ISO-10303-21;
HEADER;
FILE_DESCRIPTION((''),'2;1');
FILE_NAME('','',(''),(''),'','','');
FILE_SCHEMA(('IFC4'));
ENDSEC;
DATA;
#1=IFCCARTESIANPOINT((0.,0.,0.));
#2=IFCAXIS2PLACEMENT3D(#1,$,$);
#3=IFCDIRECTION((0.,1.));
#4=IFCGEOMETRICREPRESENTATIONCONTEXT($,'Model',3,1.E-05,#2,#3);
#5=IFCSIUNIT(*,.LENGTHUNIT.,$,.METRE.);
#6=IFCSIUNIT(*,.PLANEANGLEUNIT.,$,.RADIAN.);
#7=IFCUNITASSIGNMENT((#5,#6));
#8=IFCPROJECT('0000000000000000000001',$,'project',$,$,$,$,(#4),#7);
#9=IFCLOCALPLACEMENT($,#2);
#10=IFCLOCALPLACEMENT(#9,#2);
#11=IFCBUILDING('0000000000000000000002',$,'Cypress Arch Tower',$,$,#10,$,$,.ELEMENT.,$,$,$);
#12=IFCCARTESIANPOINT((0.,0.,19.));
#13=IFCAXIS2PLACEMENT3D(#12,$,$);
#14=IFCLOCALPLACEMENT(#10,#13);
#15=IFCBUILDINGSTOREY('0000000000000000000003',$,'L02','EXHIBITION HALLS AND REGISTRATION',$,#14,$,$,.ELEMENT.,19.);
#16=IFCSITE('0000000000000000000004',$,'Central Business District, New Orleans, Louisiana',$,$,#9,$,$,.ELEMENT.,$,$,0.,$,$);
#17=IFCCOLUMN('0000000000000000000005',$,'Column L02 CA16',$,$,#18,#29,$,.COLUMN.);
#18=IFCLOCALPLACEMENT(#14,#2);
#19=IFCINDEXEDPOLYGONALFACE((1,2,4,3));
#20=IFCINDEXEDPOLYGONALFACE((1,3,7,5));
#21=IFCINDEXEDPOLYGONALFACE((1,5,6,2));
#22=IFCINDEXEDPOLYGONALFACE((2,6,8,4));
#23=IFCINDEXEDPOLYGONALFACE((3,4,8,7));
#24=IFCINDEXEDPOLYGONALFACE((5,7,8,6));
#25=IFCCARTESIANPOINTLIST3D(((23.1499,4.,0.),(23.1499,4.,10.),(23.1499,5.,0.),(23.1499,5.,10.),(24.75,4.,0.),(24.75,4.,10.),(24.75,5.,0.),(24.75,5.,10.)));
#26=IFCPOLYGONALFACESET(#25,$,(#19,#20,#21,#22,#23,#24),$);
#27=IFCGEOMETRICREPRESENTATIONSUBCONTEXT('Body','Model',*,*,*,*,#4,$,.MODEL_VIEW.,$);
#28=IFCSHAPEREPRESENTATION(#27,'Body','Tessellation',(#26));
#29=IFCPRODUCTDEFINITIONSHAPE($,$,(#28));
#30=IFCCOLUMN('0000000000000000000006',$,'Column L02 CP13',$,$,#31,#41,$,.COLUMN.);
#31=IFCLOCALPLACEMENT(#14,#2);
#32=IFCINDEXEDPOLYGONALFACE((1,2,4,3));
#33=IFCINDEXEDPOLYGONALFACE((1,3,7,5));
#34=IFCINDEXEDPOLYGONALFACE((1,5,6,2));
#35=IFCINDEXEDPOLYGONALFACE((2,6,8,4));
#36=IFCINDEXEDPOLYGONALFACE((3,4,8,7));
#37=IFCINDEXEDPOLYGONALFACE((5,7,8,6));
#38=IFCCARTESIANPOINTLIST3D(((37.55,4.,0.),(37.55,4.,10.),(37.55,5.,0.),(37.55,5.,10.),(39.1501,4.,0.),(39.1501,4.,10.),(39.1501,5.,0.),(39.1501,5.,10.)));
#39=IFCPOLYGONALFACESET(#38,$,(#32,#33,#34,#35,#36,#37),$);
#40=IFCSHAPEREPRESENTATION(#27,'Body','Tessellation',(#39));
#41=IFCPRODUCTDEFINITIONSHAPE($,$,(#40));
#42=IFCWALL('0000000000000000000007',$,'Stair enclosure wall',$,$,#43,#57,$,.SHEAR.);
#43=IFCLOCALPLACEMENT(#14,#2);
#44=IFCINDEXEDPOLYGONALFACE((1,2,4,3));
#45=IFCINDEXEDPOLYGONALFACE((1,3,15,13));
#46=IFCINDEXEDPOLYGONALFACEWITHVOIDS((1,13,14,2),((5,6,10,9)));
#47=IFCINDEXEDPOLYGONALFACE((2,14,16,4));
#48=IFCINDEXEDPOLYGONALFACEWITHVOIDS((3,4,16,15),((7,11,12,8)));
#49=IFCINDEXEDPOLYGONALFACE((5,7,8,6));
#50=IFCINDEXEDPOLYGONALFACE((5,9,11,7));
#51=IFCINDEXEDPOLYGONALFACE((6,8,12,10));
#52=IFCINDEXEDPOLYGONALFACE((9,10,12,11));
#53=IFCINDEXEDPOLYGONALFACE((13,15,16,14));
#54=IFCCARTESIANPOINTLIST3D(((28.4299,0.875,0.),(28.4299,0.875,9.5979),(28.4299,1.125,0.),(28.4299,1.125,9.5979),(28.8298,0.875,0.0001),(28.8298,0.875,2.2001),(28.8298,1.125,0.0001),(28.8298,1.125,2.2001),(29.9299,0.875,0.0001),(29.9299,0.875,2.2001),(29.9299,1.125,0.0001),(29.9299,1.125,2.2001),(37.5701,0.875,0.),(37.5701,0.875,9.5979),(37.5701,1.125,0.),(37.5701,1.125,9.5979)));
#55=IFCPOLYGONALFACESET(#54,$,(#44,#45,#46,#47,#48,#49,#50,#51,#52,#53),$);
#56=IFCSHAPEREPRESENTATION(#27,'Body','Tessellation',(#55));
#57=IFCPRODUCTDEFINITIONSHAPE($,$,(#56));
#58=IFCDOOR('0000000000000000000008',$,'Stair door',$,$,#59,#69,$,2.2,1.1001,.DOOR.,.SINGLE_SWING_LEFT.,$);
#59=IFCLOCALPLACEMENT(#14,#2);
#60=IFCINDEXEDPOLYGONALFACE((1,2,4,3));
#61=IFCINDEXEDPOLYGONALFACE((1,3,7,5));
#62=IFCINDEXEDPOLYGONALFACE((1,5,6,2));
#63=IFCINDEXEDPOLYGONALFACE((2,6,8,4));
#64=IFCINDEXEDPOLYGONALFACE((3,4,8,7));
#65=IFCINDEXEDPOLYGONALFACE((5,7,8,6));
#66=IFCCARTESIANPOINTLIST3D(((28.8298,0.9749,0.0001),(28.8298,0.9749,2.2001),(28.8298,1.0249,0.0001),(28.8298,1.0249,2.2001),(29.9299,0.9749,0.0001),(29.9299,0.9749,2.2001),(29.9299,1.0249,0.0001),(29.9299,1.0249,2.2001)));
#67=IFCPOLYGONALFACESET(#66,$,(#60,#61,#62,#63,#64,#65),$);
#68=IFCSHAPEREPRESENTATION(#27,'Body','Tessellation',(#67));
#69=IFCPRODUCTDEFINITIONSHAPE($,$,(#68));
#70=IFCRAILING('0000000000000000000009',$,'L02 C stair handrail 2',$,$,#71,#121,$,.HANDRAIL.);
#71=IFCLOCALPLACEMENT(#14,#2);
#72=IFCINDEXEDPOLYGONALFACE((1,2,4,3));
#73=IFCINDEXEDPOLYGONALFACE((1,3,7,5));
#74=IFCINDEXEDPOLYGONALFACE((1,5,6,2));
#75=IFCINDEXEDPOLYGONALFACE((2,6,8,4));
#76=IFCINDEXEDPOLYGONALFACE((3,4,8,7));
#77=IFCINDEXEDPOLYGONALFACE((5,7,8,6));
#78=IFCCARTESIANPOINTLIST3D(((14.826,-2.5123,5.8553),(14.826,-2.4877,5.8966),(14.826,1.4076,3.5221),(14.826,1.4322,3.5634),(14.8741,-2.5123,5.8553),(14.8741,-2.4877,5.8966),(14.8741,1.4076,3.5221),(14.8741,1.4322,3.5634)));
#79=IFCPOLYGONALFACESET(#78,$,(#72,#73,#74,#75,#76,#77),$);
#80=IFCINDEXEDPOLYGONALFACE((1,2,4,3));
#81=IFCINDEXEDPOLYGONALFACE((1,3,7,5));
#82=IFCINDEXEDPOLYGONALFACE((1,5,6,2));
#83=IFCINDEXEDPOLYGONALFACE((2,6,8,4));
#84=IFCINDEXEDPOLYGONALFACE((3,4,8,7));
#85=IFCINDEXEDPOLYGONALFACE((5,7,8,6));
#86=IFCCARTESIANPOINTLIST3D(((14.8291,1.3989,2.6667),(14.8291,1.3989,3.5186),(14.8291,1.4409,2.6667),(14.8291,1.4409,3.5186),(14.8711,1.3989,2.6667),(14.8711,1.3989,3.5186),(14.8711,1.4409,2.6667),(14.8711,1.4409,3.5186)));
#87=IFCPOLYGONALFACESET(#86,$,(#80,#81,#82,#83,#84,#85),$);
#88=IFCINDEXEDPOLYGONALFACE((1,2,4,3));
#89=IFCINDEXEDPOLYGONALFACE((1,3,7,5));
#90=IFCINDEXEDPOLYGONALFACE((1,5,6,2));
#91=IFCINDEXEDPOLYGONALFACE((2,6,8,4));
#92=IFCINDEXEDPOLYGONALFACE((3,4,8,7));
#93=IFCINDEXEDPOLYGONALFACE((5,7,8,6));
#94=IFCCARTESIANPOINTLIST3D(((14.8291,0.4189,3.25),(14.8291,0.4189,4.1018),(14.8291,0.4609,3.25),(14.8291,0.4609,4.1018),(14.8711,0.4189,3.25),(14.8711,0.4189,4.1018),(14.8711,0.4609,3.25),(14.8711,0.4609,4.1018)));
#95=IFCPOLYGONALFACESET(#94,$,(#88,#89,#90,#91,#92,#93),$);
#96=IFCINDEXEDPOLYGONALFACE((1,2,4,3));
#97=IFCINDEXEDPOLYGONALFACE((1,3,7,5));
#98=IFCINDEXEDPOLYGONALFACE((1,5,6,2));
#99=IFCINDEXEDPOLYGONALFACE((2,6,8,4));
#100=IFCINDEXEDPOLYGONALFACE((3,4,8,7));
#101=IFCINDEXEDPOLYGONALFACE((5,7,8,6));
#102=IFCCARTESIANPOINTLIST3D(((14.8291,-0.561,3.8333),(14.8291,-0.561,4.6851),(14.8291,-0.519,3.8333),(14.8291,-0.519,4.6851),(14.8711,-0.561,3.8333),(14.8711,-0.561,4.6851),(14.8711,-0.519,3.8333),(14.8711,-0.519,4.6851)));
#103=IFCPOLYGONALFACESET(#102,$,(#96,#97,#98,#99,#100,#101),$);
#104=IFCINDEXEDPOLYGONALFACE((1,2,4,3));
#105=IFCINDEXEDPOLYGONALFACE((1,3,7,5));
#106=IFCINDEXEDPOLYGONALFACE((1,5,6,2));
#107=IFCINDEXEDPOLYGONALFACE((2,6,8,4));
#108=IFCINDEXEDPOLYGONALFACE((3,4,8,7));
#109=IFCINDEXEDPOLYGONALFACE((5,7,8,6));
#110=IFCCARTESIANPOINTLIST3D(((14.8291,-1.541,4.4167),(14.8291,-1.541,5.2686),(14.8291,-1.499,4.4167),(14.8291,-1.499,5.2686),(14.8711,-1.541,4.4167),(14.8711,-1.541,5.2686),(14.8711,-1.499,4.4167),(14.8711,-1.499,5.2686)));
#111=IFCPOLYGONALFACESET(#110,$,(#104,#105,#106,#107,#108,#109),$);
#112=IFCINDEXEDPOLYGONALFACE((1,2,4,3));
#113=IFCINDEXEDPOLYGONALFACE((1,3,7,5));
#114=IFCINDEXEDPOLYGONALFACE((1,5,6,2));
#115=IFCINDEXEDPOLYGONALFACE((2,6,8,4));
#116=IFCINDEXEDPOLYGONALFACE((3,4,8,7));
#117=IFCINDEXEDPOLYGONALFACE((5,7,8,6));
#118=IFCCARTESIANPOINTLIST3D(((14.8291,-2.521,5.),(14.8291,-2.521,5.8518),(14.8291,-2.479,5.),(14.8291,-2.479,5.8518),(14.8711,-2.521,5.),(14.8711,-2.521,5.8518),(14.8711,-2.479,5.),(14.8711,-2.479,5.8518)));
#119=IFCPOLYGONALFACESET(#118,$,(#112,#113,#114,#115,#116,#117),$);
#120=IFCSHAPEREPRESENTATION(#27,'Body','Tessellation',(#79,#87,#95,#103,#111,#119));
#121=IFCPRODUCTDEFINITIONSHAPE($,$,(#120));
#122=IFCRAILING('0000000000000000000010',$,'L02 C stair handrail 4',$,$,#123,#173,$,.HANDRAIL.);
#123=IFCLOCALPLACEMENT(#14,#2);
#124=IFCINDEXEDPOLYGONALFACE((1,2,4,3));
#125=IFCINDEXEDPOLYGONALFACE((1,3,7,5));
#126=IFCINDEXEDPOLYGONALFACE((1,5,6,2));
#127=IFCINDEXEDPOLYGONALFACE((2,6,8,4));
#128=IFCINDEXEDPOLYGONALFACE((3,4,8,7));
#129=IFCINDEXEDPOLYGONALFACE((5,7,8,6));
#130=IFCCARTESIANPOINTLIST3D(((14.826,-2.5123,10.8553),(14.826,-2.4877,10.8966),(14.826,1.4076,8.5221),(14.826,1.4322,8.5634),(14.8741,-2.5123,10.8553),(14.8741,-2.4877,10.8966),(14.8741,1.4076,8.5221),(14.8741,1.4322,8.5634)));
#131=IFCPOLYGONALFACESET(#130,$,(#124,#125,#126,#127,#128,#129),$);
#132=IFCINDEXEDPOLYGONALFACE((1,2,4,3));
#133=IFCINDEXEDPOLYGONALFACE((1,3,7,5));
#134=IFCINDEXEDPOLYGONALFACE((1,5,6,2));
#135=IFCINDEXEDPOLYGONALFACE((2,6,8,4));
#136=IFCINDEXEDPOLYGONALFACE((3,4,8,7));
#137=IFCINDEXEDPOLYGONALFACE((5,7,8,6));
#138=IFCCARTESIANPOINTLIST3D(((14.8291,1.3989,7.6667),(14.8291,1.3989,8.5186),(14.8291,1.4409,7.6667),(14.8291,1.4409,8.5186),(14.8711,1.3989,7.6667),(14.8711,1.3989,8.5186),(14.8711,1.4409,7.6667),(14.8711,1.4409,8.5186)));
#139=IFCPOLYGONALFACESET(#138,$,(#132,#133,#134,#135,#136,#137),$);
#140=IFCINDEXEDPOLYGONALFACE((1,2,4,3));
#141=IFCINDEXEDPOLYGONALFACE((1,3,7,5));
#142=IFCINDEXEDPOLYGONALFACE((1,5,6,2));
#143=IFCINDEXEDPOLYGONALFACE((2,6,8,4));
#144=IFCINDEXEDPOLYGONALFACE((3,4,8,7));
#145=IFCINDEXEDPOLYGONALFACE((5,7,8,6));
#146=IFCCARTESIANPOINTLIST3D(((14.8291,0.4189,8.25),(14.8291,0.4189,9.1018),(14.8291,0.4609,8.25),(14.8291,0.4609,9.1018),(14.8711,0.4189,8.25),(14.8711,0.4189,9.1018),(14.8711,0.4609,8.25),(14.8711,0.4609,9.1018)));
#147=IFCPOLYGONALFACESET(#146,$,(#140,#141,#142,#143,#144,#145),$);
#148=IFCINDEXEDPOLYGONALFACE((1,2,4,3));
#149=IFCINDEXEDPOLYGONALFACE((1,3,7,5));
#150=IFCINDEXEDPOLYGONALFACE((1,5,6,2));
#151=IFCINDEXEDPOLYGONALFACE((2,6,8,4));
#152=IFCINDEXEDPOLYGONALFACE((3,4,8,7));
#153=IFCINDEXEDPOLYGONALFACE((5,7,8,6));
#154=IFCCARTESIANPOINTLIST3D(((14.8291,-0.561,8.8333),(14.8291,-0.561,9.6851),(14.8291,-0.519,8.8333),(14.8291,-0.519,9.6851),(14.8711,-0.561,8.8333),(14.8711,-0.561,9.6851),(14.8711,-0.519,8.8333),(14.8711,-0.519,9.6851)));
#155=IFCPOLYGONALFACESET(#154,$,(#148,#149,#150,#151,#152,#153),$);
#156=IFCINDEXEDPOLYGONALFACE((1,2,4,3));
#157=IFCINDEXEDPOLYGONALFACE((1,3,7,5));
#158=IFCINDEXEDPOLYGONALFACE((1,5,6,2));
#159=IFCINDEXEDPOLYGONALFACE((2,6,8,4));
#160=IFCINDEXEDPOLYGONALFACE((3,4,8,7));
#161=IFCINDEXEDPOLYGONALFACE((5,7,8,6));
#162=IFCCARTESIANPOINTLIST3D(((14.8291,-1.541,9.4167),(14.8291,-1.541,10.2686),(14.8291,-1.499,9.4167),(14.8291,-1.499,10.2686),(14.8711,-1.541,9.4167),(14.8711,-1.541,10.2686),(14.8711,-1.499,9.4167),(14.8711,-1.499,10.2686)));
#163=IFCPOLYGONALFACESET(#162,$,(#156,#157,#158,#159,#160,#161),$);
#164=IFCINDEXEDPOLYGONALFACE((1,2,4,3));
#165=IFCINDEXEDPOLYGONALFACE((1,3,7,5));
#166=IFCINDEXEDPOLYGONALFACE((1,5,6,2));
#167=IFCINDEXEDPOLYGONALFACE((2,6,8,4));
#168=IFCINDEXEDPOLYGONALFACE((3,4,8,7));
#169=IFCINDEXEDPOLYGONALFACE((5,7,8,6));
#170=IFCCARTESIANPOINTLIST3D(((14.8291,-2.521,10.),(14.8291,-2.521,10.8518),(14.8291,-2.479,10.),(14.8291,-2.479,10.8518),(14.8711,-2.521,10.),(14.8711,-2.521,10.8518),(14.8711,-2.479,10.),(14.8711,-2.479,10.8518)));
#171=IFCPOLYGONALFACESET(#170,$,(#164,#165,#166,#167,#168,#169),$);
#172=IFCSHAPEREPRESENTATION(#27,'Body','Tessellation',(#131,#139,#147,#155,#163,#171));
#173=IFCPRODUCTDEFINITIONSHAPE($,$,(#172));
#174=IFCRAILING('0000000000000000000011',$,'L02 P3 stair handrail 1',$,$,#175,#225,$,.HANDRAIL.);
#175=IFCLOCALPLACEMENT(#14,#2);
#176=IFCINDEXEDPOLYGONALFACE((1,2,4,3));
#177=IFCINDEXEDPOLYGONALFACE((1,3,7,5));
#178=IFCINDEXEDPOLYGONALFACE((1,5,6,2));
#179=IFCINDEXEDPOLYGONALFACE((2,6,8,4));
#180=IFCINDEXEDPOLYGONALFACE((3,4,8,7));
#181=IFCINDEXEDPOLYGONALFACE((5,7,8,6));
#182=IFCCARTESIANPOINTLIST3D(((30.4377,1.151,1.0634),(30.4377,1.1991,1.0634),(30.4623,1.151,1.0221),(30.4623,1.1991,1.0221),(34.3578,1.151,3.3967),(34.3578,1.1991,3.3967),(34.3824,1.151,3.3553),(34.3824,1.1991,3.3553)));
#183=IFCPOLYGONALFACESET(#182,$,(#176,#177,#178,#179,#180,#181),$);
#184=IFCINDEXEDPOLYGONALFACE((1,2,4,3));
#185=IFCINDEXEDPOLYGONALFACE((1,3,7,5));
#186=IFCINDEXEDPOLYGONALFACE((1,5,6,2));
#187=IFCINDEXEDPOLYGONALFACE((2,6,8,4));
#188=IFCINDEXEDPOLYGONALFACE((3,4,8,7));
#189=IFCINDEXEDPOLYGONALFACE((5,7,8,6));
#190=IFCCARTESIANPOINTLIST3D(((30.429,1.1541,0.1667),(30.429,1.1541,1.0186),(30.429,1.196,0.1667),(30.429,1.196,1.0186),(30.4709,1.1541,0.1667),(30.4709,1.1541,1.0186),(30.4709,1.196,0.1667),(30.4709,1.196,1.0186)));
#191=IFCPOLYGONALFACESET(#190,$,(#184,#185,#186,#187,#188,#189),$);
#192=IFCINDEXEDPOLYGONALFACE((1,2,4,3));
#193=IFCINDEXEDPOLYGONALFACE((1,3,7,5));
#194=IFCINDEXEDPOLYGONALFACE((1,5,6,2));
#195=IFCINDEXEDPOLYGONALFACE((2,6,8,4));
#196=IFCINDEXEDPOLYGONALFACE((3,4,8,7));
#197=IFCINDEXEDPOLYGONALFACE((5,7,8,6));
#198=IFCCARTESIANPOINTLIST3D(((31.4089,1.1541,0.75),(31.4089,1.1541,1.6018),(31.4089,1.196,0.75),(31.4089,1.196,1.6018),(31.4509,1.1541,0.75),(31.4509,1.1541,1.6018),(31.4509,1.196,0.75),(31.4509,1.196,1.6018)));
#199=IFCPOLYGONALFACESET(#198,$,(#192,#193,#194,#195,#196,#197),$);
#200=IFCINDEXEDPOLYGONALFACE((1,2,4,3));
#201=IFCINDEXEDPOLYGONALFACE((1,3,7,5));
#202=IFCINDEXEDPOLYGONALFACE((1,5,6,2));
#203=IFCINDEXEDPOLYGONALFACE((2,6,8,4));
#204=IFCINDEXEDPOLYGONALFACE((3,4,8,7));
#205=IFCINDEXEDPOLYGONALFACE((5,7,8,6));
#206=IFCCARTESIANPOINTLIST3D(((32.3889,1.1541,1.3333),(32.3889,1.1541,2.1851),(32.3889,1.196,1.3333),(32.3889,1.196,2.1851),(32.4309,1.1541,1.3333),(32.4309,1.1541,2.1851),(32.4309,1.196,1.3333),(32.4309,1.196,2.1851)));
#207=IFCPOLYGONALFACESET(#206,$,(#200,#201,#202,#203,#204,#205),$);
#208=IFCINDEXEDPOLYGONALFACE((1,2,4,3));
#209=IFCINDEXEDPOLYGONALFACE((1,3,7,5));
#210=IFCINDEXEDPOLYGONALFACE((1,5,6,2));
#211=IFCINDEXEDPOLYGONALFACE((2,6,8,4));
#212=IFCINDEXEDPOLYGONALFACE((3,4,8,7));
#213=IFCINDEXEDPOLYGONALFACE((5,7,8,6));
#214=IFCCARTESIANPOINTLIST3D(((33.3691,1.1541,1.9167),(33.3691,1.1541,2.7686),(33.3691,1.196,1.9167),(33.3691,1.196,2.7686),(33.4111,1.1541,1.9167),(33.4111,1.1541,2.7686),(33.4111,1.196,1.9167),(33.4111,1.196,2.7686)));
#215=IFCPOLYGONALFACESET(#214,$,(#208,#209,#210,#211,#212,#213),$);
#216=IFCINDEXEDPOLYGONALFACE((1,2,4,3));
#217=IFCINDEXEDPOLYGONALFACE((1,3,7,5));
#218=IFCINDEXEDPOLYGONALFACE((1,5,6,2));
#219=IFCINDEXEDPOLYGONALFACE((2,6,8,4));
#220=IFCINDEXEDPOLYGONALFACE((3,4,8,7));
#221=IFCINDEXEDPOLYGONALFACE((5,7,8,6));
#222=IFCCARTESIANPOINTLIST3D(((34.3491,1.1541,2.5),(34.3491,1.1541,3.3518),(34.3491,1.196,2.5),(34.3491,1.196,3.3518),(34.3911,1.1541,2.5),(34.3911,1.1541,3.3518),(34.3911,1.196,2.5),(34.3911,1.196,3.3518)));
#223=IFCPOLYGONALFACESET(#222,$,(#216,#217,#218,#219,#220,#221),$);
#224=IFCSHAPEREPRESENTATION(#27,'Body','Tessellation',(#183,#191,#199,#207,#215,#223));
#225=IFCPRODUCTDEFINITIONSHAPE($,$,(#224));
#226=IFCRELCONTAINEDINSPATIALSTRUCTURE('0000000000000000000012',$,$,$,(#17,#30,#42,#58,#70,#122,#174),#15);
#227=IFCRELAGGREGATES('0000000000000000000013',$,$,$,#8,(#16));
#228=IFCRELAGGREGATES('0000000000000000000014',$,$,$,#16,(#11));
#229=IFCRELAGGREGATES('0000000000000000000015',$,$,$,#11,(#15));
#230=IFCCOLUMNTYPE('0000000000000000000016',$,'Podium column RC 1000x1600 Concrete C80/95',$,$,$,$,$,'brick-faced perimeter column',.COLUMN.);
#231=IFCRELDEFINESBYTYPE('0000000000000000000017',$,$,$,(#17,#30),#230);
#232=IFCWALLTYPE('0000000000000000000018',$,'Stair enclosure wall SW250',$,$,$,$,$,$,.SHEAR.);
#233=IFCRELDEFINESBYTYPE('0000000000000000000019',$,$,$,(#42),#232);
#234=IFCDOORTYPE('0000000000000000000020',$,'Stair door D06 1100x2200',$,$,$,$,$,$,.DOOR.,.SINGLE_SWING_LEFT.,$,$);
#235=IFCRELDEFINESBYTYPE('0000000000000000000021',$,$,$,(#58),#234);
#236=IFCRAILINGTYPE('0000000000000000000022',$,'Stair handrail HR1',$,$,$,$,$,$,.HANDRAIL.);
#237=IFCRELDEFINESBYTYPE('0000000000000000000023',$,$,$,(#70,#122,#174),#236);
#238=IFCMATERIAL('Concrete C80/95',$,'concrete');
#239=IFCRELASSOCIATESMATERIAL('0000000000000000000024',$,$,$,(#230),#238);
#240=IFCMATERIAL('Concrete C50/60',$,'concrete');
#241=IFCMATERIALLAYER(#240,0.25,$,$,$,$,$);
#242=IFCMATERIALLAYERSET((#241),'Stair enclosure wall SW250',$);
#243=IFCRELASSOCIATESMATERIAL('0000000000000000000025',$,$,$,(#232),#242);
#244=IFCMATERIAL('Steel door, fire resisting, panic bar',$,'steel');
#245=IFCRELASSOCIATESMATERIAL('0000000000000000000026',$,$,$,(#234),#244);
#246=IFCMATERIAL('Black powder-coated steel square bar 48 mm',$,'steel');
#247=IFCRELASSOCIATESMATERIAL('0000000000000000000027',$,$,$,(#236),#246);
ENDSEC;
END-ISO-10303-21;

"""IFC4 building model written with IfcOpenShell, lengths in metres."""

from ifc_helpers import new_model, si_unit, direction, frame, frame_2d, origin, origin_2d, place, context, subcontext, project, spatial, rectangle, extrude, material, layer, layer_set, material_profile, profile_set, type_object, element, fill, save


model = new_model("IFC4")

# Units and contexts
model_context = context("Model", 3, precision=1e-05, world=origin(), true_north=direction((0.0, 1.0)))
body_context = subcontext(model_context, "Body", "Model", "MODEL_VIEW")
ifc_project = project(units=[si_unit("LENGTHUNIT", "METRE"), si_unit("PLANEANGLEUNIT", "RADIAN")], contexts=[model_context])

# Site, building, storey
site_placement = place(None, origin())
site = spatial("IfcSite", under=ifc_project, at=site_placement, Name="Central Business District, New Orleans, Louisiana", CompositionType="ELEMENT", RefElevation=0.0)
building_placement = place(site_placement, origin())
building = spatial("IfcBuilding", under=site, at=building_placement, Name="Cypress Arch Tower", CompositionType="ELEMENT")
storey_placement = place(building_placement, frame((0.0, 0.0, 19.0)))
storey = spatial("IfcBuildingStorey", under=building, at=storey_placement, Name="L02", Description="EXHIBITION HALLS AND REGISTRATION", CompositionType="ELEMENT", Elevation=19.0)

# Columns
ifc_material_1 = material(Name="Concrete C80/95", Category="concrete")
ifc_material_profile = material_profile(ifc_material_1, rectangle(XDim=1.0, YDim=1.6001, at=origin_2d()), Name="RC 1000x1600")
ifc_profile_set = profile_set([ifc_material_profile], Name="Concrete C80/95")
column_type = type_object("IfcColumnType", Name="Podium column RC 1000x1600 Concrete C80/95", ElementType="brick-faced perimeter column", PredefinedType="COLUMN", material=ifc_profile_set)
for number, where, z_axis, x_axis, name in (
    (1, (23.95, 4.5, 0.0), (0.0, 0.0, 1.0), (0.0, 1.0, 0.0), "Column L02 CA16"),
    (2, (38.3501, 4.5, 0.0), (0.0, 0.0, 1.0), (0.0, 1.0, 0.0), "Column L02 CP13"),
):
    element("IfcColumn", number, at=place(storey_placement, frame(where, z_axis=z_axis, x_axis=x_axis)), inside=storey, type_object=column_type, Name=name, PredefinedType="COLUMN", context=body_context, shape_type="SweptSolid", body=[
        extrude(rectangle(XDim=1.0, YDim=1.6001, at=origin_2d()), origin(), (0.0, 0.0, 1.0), 10.0),
    ])

# Wall, opening, door
ifc_material_2 = material(Name="Concrete C50/60", Category="concrete")
ifc_layer = layer(ifc_material_2, 0.25)
ifc_layer_set = layer_set([ifc_layer], Name="Stair enclosure wall SW250")
wall_type = type_object("IfcWallType", Name="Stair enclosure wall SW250", PredefinedType="SHEAR", material=ifc_layer_set)
wall_placement = place(storey_placement, frame((28.4299, 1.0, 0.0), z_axis=(0.0, 0.0, 1.0), x_axis=(1.0, 0.0, 0.0)))
wall = element("IfcWall", 3, at=wall_placement, inside=storey, type_object=wall_type, Name="Stair enclosure wall", PredefinedType="SHEAR", context=body_context, shape_type="SweptSolid", body=[
    extrude(rectangle(XDim=9.1401, YDim=0.25, at=frame_2d((4.5701, 0.0))), origin(), (0.0, 0.0, 1.0), 9.5979),
])
opening_placement = place(wall_placement, frame((0.3999, 0.0, 0.0)))
opening = element("IfcOpeningElement", 4, at=opening_placement, cuts=wall, PredefinedType="OPENING", context=body_context, shape_type="SweptSolid", body=[
    extrude(rectangle(XDim=1.1001, YDim=2.2, at=frame_2d((0.55, 1.1001))), frame((0.0, 0.135, 0.0), z_axis=(0.0, -1.0, 0.0), x_axis=(1.0, 0.0, 0.0)), (0.0, 0.0, 1.0), 0.27),
])
ifc_material_3 = material(Name="Steel door, fire resisting, panic bar", Category="steel")
door_type = type_object("IfcDoorType", Name="Stair door D06 1100x2200", OperationType="SINGLE_SWING_LEFT", PredefinedType="DOOR", material=ifc_material_3)
door_placement = place(opening_placement, origin())
door = element("IfcDoor", 5, at=door_placement, inside=storey, type_object=door_type, Name="Stair door", OperationType="SINGLE_SWING_LEFT", OverallHeight=2.2, OverallWidth=1.1001, PredefinedType="DOOR", context=body_context, shape_type="SweptSolid", body=[
    extrude(rectangle(XDim=1.1001, YDim=2.2, at=frame_2d((0.55, 1.1001))), frame((0.0, 0.0249, 0.0), z_axis=(0.0, -1.0, 0.0), x_axis=(1.0, 0.0, 0.0)), (0.0, 0.0, 1.0), 0.05),
])
fill(opening, door)

# Railings
ifc_material_4 = material(Name="Black powder-coated steel square bar 48 mm", Category="steel")
railing_type_1 = type_object("IfcRailingType", Name="Stair handrail HR1", PredefinedType="HANDRAIL", material=ifc_material_4)
for number, where, name in (
    (6, (14.8501, 1.4199, 2.6667), "L02 C stair handrail 2"),
    (7, (14.8501, 1.4199, 7.6667), "L02 C stair handrail 4"),
):
    element("IfcRailing", number, at=place(storey_placement, frame(where)), inside=storey, type_object=railing_type_1, Name=name, PredefinedType="HANDRAIL", context=body_context, shape_type="SweptSolid", body=[
        extrude(rectangle(XDim=0.0481, YDim=0.0481, at=origin_2d()), frame((0.0, 0.0, 0.876), z_axis=(0.0, -0.859296, 0.511478), x_axis=(1.0, 0.0, 0.0)), (0.0, 0.0, 1.0), 4.5618),
        extrude(rectangle(XDim=0.042, YDim=0.042, at=origin_2d()), origin(), (0.0, 0.0, 1.0), 0.8518),
        extrude(rectangle(XDim=0.042, YDim=0.042, at=origin_2d()), frame((0.0, -0.98, 0.5833)), (0.0, 0.0, 1.0), 0.8518),
        extrude(rectangle(XDim=0.042, YDim=0.042, at=origin_2d()), frame((0.0, -1.96, 1.1665)), (0.0, 0.0, 1.0), 0.8518),
        extrude(rectangle(XDim=0.042, YDim=0.042, at=origin_2d()), frame((0.0, -2.9399, 1.75)), (0.0, 0.0, 1.0), 0.8518),
        extrude(rectangle(XDim=0.042, YDim=0.042, at=origin_2d()), frame((0.0, -3.9199, 2.3333)), (0.0, 0.0, 1.0), 0.8518),
    ])
for number, where, name in (
    (8, (30.45, 1.175, 0.1667), "L02 P3 stair handrail 1"),
):
    element("IfcRailing", number, at=place(storey_placement, frame(where)), inside=storey, type_object=railing_type_1, Name=name, PredefinedType="HANDRAIL", context=body_context, shape_type="SweptSolid", body=[
        extrude(rectangle(XDim=0.0481, YDim=0.0481, at=origin_2d()), frame((0.0, 0.0, 0.876), z_axis=(0.85931, 0.0, 0.511455), x_axis=(0.0, 1.0, 0.0)), (0.0, 0.0, 1.0), 4.562),
        extrude(rectangle(XDim=0.042, YDim=0.042, at=origin_2d()), origin(), (0.0, 0.0, 1.0), 0.8518),
        extrude(rectangle(XDim=0.042, YDim=0.042, at=origin_2d()), frame((0.98, 0.0, 0.5833)), (0.0, 0.0, 1.0), 0.8518),
        extrude(rectangle(XDim=0.042, YDim=0.042, at=origin_2d()), frame((1.96, 0.0, 1.1665)), (0.0, 0.0, 1.0), 0.8518),
        extrude(rectangle(XDim=0.042, YDim=0.042, at=origin_2d()), frame((2.9402, 0.0, 1.75)), (0.0, 0.0, 1.0), 0.8518),
        extrude(rectangle(XDim=0.042, YDim=0.042, at=origin_2d()), frame((3.9202, 0.0, 2.3333)), (0.0, 0.0, 1.0), 0.8518),
    ])

save(model, "model.ifc")
